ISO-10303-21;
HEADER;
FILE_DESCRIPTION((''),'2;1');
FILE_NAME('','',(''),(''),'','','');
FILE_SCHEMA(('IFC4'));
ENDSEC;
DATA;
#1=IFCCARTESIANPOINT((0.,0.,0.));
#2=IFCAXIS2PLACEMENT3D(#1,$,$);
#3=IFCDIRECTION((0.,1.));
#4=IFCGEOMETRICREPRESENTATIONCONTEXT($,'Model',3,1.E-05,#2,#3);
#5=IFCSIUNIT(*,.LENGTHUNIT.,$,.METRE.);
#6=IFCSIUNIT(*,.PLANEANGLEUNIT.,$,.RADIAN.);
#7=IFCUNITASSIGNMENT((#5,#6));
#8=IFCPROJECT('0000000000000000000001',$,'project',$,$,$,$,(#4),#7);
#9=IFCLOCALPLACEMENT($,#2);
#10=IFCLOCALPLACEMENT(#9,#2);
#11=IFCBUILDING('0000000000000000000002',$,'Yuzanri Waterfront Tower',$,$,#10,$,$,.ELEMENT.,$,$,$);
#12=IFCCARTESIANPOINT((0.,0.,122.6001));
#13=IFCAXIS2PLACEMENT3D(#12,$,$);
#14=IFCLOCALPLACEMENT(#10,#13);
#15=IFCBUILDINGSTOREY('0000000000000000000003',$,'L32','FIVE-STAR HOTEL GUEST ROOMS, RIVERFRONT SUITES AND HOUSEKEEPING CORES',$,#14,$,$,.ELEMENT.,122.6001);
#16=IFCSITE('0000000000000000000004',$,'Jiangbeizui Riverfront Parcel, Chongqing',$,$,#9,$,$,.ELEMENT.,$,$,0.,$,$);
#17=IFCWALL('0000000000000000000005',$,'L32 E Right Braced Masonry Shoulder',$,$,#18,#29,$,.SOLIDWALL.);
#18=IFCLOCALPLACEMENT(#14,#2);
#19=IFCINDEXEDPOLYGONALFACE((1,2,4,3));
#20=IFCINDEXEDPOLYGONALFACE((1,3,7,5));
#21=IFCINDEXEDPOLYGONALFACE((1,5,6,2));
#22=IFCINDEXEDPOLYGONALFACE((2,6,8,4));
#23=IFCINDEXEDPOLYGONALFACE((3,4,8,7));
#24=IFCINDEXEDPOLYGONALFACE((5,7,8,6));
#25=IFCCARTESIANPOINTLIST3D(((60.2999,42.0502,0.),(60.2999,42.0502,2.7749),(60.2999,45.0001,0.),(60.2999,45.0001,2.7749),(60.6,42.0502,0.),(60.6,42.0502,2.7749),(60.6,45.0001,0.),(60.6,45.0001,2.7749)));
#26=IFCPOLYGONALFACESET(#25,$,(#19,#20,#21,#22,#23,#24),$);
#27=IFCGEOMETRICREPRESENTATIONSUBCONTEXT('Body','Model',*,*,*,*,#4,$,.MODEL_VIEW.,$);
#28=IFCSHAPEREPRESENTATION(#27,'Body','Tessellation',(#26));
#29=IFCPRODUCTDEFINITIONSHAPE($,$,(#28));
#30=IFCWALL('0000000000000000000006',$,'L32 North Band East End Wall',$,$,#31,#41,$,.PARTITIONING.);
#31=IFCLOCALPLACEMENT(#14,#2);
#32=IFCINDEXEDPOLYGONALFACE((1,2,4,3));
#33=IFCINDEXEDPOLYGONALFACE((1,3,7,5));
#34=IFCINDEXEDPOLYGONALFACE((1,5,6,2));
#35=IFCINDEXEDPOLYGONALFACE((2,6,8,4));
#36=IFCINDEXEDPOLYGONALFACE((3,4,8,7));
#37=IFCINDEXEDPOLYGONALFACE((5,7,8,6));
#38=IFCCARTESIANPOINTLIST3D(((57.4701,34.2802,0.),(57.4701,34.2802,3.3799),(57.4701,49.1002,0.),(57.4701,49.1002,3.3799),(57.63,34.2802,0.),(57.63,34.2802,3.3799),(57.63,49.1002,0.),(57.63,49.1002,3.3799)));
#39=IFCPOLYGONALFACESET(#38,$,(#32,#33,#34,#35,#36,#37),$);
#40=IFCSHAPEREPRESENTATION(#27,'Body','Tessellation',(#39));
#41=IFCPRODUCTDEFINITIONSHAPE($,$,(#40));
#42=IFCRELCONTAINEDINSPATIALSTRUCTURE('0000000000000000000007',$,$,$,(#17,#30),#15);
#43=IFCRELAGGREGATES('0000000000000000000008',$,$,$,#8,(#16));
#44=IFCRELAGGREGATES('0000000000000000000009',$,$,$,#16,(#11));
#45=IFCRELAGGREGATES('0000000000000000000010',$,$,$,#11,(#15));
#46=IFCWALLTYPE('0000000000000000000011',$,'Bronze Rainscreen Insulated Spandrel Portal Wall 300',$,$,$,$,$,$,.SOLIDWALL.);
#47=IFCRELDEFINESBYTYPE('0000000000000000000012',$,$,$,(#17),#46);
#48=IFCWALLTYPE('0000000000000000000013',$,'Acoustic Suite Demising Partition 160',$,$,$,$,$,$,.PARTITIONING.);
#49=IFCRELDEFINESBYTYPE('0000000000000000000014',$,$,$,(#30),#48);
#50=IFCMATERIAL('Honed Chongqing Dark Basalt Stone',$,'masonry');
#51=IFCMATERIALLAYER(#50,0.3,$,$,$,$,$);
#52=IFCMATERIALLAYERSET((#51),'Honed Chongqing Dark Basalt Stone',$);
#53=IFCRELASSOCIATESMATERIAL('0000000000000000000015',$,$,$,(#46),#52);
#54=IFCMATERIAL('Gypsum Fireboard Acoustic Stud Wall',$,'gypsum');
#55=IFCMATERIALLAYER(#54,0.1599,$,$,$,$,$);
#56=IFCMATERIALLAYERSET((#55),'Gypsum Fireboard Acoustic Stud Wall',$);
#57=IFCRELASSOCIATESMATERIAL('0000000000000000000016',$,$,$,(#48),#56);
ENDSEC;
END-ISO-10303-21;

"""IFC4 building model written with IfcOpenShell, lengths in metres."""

from ifc_helpers import new_model, si_unit, direction, frame, frame_2d, origin, place, context, subcontext, project, spatial, rectangle, extrude, source, transform, mapped, material, layer, layer_set, type_object, element, save


model = new_model("IFC4")

# Units and contexts
model_context = context("Model", 3, precision=1e-05, world=origin(), true_north=direction((0.0, 1.0)))
body_context = subcontext(model_context, "Body", "Model", "MODEL_VIEW")
ifc_project = project(units=[si_unit("LENGTHUNIT", "METRE"), si_unit("PLANEANGLEUNIT", "RADIAN")], contexts=[model_context])

# Site, building, storey
site_placement = place(None, origin())
site = spatial("IfcSite", under=ifc_project, at=site_placement, Name="Jiangbeizui Riverfront Parcel, Chongqing", CompositionType="ELEMENT", RefElevation=0.0)
building_placement = place(site_placement, origin())
building = spatial("IfcBuilding", under=site, at=building_placement, Name="Yuzanri Waterfront Tower", CompositionType="ELEMENT")
storey_placement = place(building_placement, frame((0.0, 0.0, 122.6001)))
storey = spatial("IfcBuildingStorey", under=building, at=storey_placement, Name="L32", Description="FIVE-STAR HOTEL GUEST ROOMS, RIVERFRONT SUITES AND HOUSEKEEPING CORES", CompositionType="ELEMENT", Elevation=122.6001)

# Shared definitions
ifc_material_1 = material(Name="Honed Chongqing Dark Basalt Stone", Category="masonry")
ifc_layer_1 = layer(ifc_material_1, 0.3)
ifc_layer_set_1 = layer_set([ifc_layer_1], Name="Honed Chongqing Dark Basalt Stone")
wall_type_1 = type_object("IfcWallType", Name="Bronze Rainscreen Insulated Spandrel Portal Wall 300", PredefinedType="SOLIDWALL", material=ifc_layer_set_1)

# Walls
shared_shape_1 = source(origin(), body_context, "Body", "SweptSolid", [
    extrude(rectangle(XDim=2.95, YDim=0.3, at=frame_2d((1.4751, 0.0))), origin(), (0.0, 0.0, 1.0), 2.7749),
])
for number, where, z_axis, x_axis, name in (
    (1, (60.45, 42.05, 0.0), (0.0, 0.0, 1.0), (0.0, 1.0, 0.0), "L32 E Right Braced Masonry Shoulder"),
):
    element("IfcWall", number, at=place(storey_placement, frame(where, z_axis=z_axis, x_axis=x_axis)), inside=storey, type_object=wall_type_1, Name=name, PredefinedType="SOLIDWALL", context=body_context, shape_type="MappedRepresentation", body=[
        mapped(shared_shape_1, transform((0.0, 0.0, 0.0), scale=1.0)),
    ])
ifc_material_2 = material(Name="Gypsum Fireboard Acoustic Stud Wall", Category="gypsum")
ifc_layer_2 = layer(ifc_material_2, 0.1599)
ifc_layer_set_2 = layer_set([ifc_layer_2], Name="Gypsum Fireboard Acoustic Stud Wall")
wall_type_2 = type_object("IfcWallType", Name="Acoustic Suite Demising Partition 160", PredefinedType="PARTITIONING", material=ifc_layer_set_2)
shared_shape_2 = source(origin(), body_context, "Body", "SweptSolid", [
    extrude(rectangle(XDim=14.8201, YDim=0.1599, at=frame_2d((7.4102, 0.0))), origin(), (0.0, 0.0, 1.0), 3.3799),
])
wall_1_placement = place(storey_placement, frame((57.55, 34.28, 0.0), z_axis=(0.0, 0.0, 1.0), x_axis=(0.0, 1.0, 0.0)))
element("IfcWall", 2, at=wall_1_placement, inside=storey, type_object=wall_type_2, Name="L32 North Band East End Wall", PredefinedType="PARTITIONING", context=body_context, shape_type="MappedRepresentation", body=[
    mapped(shared_shape_2, transform((0.0, 0.0, 0.0), scale=1.0)),
])

save(model, "model.ifc")
